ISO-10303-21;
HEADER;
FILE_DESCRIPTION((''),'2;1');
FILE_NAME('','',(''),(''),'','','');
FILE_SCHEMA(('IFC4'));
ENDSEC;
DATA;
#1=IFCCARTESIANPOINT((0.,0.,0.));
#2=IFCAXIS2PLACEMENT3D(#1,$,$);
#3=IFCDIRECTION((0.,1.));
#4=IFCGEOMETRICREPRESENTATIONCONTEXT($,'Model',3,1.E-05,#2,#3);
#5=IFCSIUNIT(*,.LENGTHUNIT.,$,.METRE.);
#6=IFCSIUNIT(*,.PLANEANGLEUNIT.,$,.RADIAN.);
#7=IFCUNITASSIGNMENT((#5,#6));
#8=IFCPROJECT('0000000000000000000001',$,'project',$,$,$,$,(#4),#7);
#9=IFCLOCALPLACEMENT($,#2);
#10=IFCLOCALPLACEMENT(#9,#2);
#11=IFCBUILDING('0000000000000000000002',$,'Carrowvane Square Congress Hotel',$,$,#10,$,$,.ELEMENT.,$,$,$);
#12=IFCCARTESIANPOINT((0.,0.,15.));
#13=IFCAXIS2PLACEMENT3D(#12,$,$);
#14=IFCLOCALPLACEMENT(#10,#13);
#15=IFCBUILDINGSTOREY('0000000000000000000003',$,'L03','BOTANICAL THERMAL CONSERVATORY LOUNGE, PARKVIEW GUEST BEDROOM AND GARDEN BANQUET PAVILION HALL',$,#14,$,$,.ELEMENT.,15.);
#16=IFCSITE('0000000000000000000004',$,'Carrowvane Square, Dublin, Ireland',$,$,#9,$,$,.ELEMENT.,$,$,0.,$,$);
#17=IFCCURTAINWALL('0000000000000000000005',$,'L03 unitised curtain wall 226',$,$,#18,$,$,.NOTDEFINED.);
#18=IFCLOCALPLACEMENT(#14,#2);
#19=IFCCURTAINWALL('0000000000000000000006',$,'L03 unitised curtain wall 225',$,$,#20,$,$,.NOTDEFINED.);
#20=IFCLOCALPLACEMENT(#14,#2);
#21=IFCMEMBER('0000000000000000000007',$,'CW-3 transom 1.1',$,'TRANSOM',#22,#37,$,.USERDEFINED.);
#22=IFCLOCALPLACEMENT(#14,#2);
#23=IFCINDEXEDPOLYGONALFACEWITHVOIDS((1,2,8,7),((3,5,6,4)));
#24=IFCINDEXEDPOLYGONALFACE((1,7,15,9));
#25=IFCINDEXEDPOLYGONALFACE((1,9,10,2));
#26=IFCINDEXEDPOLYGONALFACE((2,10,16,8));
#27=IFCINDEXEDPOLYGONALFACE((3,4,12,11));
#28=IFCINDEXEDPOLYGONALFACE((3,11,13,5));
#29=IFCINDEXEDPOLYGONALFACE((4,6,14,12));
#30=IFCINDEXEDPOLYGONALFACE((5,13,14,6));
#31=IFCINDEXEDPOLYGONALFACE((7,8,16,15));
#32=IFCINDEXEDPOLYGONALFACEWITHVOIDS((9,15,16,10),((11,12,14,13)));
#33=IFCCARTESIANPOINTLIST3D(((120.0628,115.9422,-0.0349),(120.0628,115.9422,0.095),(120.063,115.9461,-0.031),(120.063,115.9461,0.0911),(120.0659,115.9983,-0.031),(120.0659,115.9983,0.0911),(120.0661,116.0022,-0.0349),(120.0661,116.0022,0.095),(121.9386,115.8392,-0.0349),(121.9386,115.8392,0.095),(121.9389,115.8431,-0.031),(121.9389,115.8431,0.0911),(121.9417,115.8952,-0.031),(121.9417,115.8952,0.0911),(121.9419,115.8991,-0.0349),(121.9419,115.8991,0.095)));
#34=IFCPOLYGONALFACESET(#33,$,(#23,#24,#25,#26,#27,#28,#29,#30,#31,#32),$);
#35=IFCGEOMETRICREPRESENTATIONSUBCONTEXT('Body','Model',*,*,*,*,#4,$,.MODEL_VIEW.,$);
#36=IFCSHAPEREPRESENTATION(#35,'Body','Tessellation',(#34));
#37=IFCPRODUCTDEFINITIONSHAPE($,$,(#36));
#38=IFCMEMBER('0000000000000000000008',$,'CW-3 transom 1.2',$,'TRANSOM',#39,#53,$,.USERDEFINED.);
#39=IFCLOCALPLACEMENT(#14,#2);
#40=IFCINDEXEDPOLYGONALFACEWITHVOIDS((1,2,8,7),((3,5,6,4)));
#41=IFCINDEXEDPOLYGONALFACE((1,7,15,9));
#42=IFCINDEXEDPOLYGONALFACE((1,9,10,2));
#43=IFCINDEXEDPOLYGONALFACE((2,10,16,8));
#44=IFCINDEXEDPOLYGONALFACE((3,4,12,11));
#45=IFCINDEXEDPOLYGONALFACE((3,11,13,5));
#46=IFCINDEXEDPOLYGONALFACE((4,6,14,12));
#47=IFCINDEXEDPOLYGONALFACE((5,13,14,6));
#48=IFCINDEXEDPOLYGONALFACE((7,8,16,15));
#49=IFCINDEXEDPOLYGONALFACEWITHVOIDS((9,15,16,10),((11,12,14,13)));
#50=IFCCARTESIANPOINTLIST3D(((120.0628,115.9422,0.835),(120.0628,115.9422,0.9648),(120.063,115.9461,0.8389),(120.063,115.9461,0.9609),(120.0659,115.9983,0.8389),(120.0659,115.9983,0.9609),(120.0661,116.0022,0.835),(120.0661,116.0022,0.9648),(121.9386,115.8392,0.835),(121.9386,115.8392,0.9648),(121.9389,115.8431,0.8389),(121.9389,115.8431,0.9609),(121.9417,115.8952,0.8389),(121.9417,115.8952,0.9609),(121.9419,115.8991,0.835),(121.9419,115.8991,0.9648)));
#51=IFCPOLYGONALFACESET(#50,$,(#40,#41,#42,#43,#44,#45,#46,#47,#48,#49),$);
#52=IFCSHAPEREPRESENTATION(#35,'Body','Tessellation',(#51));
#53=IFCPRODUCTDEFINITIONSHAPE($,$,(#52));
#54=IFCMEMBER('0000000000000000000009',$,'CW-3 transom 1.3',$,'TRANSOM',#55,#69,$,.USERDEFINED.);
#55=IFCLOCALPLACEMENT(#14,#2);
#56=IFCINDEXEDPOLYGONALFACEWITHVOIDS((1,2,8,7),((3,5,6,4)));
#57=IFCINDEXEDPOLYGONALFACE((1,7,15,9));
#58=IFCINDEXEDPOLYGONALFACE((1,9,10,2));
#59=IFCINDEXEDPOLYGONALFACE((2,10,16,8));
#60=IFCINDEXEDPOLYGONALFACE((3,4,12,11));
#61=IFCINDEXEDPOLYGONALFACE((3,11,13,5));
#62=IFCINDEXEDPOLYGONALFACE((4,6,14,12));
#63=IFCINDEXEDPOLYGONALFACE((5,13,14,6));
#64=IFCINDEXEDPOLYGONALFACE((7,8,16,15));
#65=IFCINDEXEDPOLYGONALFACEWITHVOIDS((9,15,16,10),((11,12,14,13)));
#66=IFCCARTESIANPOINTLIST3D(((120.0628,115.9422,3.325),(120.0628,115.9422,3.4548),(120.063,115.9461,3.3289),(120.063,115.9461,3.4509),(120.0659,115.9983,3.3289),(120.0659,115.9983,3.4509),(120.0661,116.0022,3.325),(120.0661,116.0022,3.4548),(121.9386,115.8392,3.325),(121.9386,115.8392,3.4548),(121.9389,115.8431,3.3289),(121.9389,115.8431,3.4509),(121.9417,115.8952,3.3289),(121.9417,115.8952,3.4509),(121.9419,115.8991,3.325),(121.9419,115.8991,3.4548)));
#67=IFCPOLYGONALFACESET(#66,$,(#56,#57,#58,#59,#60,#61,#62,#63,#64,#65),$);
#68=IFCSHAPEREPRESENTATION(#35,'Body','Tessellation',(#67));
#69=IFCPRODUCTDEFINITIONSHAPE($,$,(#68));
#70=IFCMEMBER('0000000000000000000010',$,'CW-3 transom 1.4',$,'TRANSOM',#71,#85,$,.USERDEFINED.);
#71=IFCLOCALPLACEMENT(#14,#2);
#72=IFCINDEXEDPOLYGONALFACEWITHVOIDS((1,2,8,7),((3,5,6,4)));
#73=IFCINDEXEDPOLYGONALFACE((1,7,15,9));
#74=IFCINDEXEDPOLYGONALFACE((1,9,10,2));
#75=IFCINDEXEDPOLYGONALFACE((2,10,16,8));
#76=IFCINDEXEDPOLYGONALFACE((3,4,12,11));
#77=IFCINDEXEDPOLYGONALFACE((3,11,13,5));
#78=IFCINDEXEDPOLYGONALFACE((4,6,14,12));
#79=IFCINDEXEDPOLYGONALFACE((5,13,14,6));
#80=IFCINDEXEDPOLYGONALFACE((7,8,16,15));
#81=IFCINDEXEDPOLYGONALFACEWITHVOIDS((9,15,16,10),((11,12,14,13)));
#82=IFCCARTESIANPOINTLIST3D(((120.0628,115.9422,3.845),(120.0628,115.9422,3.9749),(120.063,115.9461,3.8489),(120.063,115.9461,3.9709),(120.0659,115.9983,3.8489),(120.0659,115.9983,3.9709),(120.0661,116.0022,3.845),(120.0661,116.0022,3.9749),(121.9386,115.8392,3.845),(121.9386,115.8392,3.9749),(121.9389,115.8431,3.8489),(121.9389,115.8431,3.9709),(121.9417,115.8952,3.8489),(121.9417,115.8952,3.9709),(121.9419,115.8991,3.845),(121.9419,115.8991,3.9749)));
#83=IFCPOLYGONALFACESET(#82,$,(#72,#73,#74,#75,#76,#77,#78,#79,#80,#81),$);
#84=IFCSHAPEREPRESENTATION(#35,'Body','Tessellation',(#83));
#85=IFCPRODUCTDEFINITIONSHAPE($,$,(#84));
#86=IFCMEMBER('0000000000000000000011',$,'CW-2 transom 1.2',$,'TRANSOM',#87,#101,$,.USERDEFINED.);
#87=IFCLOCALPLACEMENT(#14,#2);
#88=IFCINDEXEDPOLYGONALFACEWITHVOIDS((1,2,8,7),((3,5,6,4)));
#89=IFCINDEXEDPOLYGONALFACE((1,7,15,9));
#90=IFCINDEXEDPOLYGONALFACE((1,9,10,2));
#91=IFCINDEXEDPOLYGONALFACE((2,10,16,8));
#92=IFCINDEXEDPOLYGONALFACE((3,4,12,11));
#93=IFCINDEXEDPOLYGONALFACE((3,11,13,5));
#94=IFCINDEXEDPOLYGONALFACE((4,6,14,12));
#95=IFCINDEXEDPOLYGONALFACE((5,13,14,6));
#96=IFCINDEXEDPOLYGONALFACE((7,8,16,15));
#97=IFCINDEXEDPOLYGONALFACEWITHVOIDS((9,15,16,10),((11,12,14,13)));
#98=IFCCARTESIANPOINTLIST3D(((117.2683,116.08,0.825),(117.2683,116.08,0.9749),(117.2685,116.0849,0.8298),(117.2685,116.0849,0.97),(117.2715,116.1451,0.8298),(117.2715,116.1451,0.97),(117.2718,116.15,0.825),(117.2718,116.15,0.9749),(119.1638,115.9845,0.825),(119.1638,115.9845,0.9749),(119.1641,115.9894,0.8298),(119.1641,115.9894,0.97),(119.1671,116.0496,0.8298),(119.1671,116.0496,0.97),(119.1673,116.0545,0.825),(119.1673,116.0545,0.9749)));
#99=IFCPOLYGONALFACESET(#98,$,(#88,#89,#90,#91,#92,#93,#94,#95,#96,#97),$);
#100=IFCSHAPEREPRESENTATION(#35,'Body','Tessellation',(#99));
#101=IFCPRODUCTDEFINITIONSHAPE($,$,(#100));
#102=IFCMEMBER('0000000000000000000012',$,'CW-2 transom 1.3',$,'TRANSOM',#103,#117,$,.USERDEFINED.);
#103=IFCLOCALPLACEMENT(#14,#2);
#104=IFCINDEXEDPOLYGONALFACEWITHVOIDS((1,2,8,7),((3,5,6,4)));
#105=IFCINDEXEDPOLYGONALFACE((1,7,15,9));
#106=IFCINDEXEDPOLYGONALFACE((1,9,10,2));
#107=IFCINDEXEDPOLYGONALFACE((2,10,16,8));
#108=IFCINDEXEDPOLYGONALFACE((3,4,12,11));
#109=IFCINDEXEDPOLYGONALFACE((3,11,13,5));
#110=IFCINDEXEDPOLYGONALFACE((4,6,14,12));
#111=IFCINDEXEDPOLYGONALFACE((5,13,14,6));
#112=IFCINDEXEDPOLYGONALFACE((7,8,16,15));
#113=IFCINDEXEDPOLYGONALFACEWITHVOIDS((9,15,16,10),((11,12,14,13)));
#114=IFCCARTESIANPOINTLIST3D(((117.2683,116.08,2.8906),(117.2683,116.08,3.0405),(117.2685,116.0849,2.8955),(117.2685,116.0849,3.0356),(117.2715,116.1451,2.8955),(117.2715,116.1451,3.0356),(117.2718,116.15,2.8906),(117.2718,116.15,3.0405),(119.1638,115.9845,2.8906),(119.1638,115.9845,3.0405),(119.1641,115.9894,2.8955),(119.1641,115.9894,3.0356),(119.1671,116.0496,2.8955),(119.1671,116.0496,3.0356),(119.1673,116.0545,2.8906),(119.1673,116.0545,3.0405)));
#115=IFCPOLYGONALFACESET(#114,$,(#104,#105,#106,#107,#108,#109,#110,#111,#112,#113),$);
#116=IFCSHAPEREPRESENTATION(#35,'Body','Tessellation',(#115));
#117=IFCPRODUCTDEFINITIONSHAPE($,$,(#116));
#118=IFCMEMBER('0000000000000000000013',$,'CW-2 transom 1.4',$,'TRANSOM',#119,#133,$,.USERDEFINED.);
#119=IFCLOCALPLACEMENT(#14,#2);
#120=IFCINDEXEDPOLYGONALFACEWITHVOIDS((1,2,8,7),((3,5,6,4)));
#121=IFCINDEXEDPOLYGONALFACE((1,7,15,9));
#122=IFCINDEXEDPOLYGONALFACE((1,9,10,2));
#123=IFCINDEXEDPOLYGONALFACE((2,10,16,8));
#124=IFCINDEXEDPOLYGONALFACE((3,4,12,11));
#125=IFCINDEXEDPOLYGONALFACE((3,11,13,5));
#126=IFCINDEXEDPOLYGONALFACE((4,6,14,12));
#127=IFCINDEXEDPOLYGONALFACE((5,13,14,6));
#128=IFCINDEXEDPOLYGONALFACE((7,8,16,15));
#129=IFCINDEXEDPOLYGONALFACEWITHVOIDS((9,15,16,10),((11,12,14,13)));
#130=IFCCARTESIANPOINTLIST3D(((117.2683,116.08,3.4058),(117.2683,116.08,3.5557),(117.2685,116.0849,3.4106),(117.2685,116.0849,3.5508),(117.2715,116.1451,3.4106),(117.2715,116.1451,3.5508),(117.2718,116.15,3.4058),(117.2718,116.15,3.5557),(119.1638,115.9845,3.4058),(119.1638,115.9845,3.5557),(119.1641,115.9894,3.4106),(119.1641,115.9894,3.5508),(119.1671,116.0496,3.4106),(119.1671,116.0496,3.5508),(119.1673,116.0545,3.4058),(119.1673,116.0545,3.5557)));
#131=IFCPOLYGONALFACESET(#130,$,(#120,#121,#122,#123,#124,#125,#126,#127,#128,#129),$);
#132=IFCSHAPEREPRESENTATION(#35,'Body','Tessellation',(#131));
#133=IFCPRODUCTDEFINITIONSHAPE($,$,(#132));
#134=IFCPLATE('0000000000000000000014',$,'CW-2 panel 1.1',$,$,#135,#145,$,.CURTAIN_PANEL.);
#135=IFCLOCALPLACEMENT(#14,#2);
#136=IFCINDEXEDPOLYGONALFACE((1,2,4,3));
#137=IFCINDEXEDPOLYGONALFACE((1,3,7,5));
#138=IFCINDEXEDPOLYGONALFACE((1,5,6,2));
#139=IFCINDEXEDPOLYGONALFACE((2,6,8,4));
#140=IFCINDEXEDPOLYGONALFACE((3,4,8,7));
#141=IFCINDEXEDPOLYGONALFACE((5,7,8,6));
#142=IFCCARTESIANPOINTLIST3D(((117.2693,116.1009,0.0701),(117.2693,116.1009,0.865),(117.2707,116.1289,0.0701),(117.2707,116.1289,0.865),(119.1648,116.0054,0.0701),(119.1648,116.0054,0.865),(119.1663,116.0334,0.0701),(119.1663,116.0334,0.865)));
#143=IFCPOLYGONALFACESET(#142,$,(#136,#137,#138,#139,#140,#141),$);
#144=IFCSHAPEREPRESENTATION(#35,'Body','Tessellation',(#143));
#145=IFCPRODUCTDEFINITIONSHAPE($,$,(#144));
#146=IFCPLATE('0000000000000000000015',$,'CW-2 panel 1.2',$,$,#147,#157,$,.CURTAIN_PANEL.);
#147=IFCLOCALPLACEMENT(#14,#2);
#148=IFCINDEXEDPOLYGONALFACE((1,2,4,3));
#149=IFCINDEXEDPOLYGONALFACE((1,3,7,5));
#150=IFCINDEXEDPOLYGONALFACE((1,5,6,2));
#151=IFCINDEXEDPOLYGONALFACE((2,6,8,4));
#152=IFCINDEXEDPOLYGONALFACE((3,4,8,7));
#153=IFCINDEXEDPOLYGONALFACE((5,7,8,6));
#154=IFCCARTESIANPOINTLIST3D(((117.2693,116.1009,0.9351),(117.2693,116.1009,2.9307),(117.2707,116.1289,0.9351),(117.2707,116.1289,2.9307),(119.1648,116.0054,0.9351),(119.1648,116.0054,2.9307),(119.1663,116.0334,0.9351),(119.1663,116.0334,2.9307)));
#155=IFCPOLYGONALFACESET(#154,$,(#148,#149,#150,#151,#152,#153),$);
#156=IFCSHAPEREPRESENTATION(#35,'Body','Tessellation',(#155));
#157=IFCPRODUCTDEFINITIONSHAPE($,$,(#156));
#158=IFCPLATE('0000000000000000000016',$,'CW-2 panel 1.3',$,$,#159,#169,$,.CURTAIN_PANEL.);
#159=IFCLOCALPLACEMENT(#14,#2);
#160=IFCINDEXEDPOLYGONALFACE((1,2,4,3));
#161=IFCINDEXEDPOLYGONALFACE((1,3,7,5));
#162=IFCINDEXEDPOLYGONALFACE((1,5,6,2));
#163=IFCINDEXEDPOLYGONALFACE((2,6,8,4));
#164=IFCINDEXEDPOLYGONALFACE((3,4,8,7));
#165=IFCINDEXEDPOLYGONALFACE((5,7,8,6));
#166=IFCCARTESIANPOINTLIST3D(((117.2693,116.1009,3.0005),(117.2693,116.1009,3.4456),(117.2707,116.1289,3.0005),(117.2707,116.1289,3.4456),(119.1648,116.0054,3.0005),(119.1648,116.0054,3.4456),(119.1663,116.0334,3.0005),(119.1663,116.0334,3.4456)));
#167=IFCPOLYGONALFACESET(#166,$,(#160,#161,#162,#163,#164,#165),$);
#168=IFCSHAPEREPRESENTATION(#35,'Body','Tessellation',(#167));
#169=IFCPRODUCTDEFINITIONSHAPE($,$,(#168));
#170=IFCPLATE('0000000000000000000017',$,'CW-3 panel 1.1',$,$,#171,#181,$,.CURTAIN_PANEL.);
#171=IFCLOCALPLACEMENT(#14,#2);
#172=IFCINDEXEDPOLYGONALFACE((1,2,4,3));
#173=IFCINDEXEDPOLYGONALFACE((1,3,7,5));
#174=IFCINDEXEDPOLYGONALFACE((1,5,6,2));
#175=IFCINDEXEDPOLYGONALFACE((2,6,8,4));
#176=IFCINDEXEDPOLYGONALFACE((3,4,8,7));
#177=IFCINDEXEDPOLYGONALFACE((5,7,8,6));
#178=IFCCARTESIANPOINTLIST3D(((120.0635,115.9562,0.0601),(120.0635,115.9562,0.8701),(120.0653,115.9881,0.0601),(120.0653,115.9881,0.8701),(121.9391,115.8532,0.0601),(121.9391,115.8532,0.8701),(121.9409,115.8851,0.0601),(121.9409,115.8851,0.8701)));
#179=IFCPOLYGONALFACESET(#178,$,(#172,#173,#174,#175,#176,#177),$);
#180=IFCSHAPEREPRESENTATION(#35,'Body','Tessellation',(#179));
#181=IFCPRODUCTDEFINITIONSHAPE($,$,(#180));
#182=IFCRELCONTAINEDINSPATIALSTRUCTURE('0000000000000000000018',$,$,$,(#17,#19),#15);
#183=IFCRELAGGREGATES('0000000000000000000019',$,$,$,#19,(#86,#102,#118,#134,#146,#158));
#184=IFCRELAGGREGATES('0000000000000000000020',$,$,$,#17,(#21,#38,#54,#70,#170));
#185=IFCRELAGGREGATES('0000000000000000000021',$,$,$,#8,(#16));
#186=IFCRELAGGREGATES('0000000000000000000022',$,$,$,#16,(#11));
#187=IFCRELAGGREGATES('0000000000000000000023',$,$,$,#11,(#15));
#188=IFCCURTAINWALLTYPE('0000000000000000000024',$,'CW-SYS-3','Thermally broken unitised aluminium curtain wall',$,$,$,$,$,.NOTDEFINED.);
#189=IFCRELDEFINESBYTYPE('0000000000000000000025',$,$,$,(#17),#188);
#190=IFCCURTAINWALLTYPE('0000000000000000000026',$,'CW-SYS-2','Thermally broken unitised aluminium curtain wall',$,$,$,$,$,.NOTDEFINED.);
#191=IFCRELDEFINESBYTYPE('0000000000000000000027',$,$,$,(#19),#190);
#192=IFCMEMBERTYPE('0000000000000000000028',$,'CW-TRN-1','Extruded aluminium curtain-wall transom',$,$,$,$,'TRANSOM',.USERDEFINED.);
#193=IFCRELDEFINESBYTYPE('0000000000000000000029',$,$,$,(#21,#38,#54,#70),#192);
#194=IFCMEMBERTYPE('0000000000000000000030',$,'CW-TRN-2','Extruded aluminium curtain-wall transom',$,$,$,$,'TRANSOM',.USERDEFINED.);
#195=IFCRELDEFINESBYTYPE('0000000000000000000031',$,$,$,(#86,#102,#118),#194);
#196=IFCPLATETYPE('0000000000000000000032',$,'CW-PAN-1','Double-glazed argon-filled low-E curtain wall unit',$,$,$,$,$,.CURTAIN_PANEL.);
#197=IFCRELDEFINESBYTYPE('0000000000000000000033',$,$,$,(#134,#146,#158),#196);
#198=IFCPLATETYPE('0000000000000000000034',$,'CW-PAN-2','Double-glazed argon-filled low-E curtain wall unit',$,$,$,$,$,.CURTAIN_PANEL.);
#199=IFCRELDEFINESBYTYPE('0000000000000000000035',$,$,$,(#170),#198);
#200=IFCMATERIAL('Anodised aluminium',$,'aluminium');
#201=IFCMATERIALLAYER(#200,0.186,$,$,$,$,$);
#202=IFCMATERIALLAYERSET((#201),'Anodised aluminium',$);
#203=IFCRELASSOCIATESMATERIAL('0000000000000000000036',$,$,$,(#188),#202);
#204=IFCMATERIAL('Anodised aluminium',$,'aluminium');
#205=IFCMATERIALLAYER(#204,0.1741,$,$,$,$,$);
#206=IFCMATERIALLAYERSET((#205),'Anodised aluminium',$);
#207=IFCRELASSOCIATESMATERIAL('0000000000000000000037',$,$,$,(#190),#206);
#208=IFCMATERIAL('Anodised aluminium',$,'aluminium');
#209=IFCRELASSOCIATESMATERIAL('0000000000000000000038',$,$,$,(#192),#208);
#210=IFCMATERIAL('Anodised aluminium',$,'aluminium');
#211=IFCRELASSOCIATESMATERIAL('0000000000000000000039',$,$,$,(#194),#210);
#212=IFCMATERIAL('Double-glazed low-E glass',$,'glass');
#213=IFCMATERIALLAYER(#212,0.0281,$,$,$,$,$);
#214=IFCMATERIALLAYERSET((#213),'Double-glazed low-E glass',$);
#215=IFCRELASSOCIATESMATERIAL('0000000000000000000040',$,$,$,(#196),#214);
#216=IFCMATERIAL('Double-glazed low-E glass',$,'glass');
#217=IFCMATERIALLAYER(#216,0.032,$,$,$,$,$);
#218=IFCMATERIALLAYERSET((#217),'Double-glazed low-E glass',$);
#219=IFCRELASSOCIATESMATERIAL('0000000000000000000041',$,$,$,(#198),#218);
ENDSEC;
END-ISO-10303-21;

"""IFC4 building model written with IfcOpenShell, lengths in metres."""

from ifc_helpers import new_model, si_unit, direction, frame, origin, origin_2d, place, context, subcontext, project, spatial, rectangle, hollow_rectangle, extrude, material, layer, layer_set, material_profile, profile_set, type_object, element, aggregate, save


model = new_model("IFC4")

# Units and contexts
model_context = context("Model", 3, precision=1e-05, world=origin(), true_north=direction((0.0, 1.0)))
body_context = subcontext(model_context, "Body", "Model", "MODEL_VIEW")
ifc_project = project(units=[si_unit("LENGTHUNIT", "METRE"), si_unit("PLANEANGLEUNIT", "RADIAN")], contexts=[model_context])

# Site, building, storey
site_placement = place(None, origin())
site = spatial("IfcSite", under=ifc_project, at=site_placement, Name="Carrowvane Square, Dublin, Ireland", CompositionType="ELEMENT", RefElevation=0.0)
building_placement = place(site_placement, origin())
building = spatial("IfcBuilding", under=site, at=building_placement, Name="Carrowvane Square Congress Hotel", CompositionType="ELEMENT")
storey_placement = place(building_placement, frame((0.0, 0.0, 15.0)))
storey = spatial("IfcBuildingStorey", under=building, at=storey_placement, Name="L03", Description="BOTANICAL THERMAL CONSERVATORY LOUNGE, PARKVIEW GUEST BEDROOM AND GARDEN BANQUET PAVILION HALL", CompositionType="ELEMENT", Elevation=15.0)

# Curtain wall
ifc_material_1 = material(Name="Anodised aluminium", Category="aluminium")
ifc_layer_1 = layer(ifc_material_1, 0.186)
ifc_layer_set_1 = layer_set([ifc_layer_1], Name="Anodised aluminium")
curtain_wall_type_1 = type_object("IfcCurtainWallType", Name="CW-SYS-3", Description="Thermally broken unitised aluminium curtain wall", PredefinedType="NOTDEFINED", material=ifc_layer_set_1)
curtain_wall_1_placement = place(storey_placement, origin())
curtain_wall_1 = element("IfcCurtainWall", 1, at=curtain_wall_1_placement, inside=storey, type_object=curtain_wall_type_1, Name="L03 unitised curtain wall 226", PredefinedType="NOTDEFINED")

# Curtain wall
ifc_material_2 = material(Name="Anodised aluminium", Category="aluminium")
ifc_layer_2 = layer(ifc_material_2, 0.1741)
ifc_layer_set_2 = layer_set([ifc_layer_2], Name="Anodised aluminium")
curtain_wall_type_2 = type_object("IfcCurtainWallType", Name="CW-SYS-2", Description="Thermally broken unitised aluminium curtain wall", PredefinedType="NOTDEFINED", material=ifc_layer_set_2)
curtain_wall_2_placement = place(storey_placement, origin())
curtain_wall_2 = element("IfcCurtainWall", 2, at=curtain_wall_2_placement, inside=storey, type_object=curtain_wall_type_2, Name="L03 unitised curtain wall 225", PredefinedType="NOTDEFINED")

# Members
ifc_material_3 = material(Name="Anodised aluminium", Category="aluminium")
ifc_material_profile_1 = material_profile(ifc_material_3, hollow_rectangle(XDim=0.0601, YDim=0.1299, WallThickness=0.0039, at=origin_2d()), Name="CW-TR 60x130x4")
ifc_profile_set_1 = profile_set([ifc_material_profile_1], Name="Anodised aluminium")
member_type_1 = type_object("IfcMemberType", Name="CW-TRN-1", Description="Extruded aluminium curtain-wall transom", ElementType="TRANSOM", PredefinedType="USERDEFINED", material=ifc_profile_set_1)
member_1_placement = place(storey_placement, frame((120.0645, 115.9722, 0.03), z_axis=(0.998495, -0.054844, 0.0), x_axis=(0.054844, 0.998495, 0.0)))
member_1 = element("IfcMember", 3, at=member_1_placement, type_object=member_type_1, Name="CW-3 transom 1.1", ObjectType="TRANSOM", PredefinedType="USERDEFINED", context=body_context, shape_type="SweptSolid", body=[
    extrude(hollow_rectangle(XDim=0.0601, YDim=0.1299, WallThickness=0.0039, at=origin_2d()), origin(), (0.0, 0.0, 1.0), 1.8787),
])
member_2_placement = place(storey_placement, frame((120.0645, 115.9722, 0.8999), z_axis=(0.998495, -0.054844, 0.0), x_axis=(0.054844, 0.998495, 0.0)))
member_2 = element("IfcMember", 4, at=member_2_placement, type_object=member_type_1, Name="CW-3 transom 1.2", ObjectType="TRANSOM", PredefinedType="USERDEFINED", context=body_context, shape_type="SweptSolid", body=[
    extrude(hollow_rectangle(XDim=0.0601, YDim=0.1299, WallThickness=0.0039, at=origin_2d()), origin(), (0.0, 0.0, 1.0), 1.8787),
])
member_3_placement = place(storey_placement, frame((120.0645, 115.9722, 3.3899), z_axis=(0.998495, -0.054844, 0.0), x_axis=(0.054844, 0.998495, 0.0)))
member_3 = element("IfcMember", 5, at=member_3_placement, type_object=member_type_1, Name="CW-3 transom 1.3", ObjectType="TRANSOM", PredefinedType="USERDEFINED", context=body_context, shape_type="SweptSolid", body=[
    extrude(hollow_rectangle(XDim=0.0601, YDim=0.1299, WallThickness=0.0039, at=origin_2d()), origin(), (0.0, 0.0, 1.0), 1.8787),
])
member_4_placement = place(storey_placement, frame((120.0645, 115.9722, 3.9099), z_axis=(0.998495, -0.054844, 0.0), x_axis=(0.054844, 0.998495, 0.0)))
member_4 = element("IfcMember", 6, at=member_4_placement, type_object=member_type_1, Name="CW-3 transom 1.4", ObjectType="TRANSOM", PredefinedType="USERDEFINED", context=body_context, shape_type="SweptSolid", body=[
    extrude(hollow_rectangle(XDim=0.0601, YDim=0.1299, WallThickness=0.0039, at=origin_2d()), origin(), (0.0, 0.0, 1.0), 1.8787),
])
ifc_material_4 = material(Name="Anodised aluminium", Category="aluminium")
ifc_material_profile_2 = material_profile(ifc_material_4, hollow_rectangle(XDim=0.0701, YDim=0.1499, WallThickness=0.0049, at=origin_2d()), Name="CW-TR 70x150x5")
ifc_profile_set_2 = profile_set([ifc_material_profile_2], Name="Anodised aluminium")
member_type_2 = type_object("IfcMemberType", Name="CW-TRN-2", Description="Extruded aluminium curtain-wall transom", ElementType="TRANSOM", PredefinedType="USERDEFINED", material=ifc_profile_set_2)
member_5_placement = place(storey_placement, frame((117.27, 116.115, 0.8999), z_axis=(0.998734, -0.050297, 0.0), x_axis=(0.050297, 0.998734, 0.0)))
member_5 = element("IfcMember", 7, at=member_5_placement, type_object=member_type_2, Name="CW-2 transom 1.2", ObjectType="TRANSOM", PredefinedType="USERDEFINED", context=body_context, shape_type="SweptSolid", body=[
    extrude(hollow_rectangle(XDim=0.0701, YDim=0.1499, WallThickness=0.0049, at=origin_2d()), origin(), (0.0, 0.0, 1.0), 1.8979),
])
member_6_placement = place(storey_placement, frame((117.27, 116.115, 2.9656), z_axis=(0.998734, -0.050297, 0.0), x_axis=(0.050297, 0.998734, 0.0)))
member_6 = element("IfcMember", 8, at=member_6_placement, type_object=member_type_2, Name="CW-2 transom 1.3", ObjectType="TRANSOM", PredefinedType="USERDEFINED", context=body_context, shape_type="SweptSolid", body=[
    extrude(hollow_rectangle(XDim=0.0701, YDim=0.1499, WallThickness=0.0049, at=origin_2d()), origin(), (0.0, 0.0, 1.0), 1.8979),
])
member_7_placement = place(storey_placement, frame((117.27, 116.115, 3.4807), z_axis=(0.998734, -0.050297, 0.0), x_axis=(0.050297, 0.998734, 0.0)))
member_7 = element("IfcMember", 9, at=member_7_placement, type_object=member_type_2, Name="CW-2 transom 1.4", ObjectType="TRANSOM", PredefinedType="USERDEFINED", context=body_context, shape_type="SweptSolid", body=[
    extrude(hollow_rectangle(XDim=0.0701, YDim=0.1499, WallThickness=0.0049, at=origin_2d()), origin(), (0.0, 0.0, 1.0), 1.8979),
])

# Plates
ifc_material_5 = material(Name="Double-glazed low-E glass", Category="glass")
ifc_layer_3 = layer(ifc_material_5, 0.0281)
ifc_layer_set_3 = layer_set([ifc_layer_3], Name="Double-glazed low-E glass")
plate_type_1 = type_object("IfcPlateType", Name="CW-PAN-1", Description="Double-glazed argon-filled low-E curtain wall unit", PredefinedType="CURTAIN_PANEL", material=ifc_layer_set_3)
plate_1_placement = place(storey_placement, frame((118.2178, 116.0671, 0.0701), z_axis=(0.0, 0.0, 1.0), x_axis=(0.998733, -0.050324, 0.0)))
plate_1 = element("IfcPlate", 10, at=plate_1_placement, type_object=plate_type_1, Name="CW-2 panel 1.1", PredefinedType="CURTAIN_PANEL", context=body_context, shape_type="SweptSolid", body=[
    extrude(rectangle(XDim=1.8979, YDim=0.0281, at=origin_2d()), origin(), (0.0, 0.0, 1.0), 0.7949),
])
plate_2_placement = place(storey_placement, frame((118.2178, 116.0671, 0.9351), z_axis=(0.0, 0.0, 1.0), x_axis=(0.998733, -0.050324, 0.0)))
plate_2 = element("IfcPlate", 11, at=plate_2_placement, type_object=plate_type_1, Name="CW-2 panel 1.2", PredefinedType="CURTAIN_PANEL", context=body_context, shape_type="SweptSolid", body=[
    extrude(rectangle(XDim=1.8979, YDim=0.0281, at=origin_2d()), origin(), (0.0, 0.0, 1.0), 1.9956),
])
plate_3_placement = place(storey_placement, frame((118.2178, 116.0671, 3.0005), z_axis=(0.0, 0.0, 1.0), x_axis=(0.998733, -0.050324, 0.0)))
plate_3 = element("IfcPlate", 12, at=plate_3_placement, type_object=plate_type_1, Name="CW-2 panel 1.3", PredefinedType="CURTAIN_PANEL", context=body_context, shape_type="SweptSolid", body=[
    extrude(rectangle(XDim=1.8979, YDim=0.0281, at=origin_2d()), origin(), (0.0, 0.0, 1.0), 0.4451),
])
aggregate(curtain_wall_2, [member_5, member_6, member_7, plate_1, plate_2, plate_3])
ifc_material_6 = material(Name="Double-glazed low-E glass", Category="glass")
ifc_layer_4 = layer(ifc_material_6, 0.032)
ifc_layer_set_4 = layer_set([ifc_layer_4], Name="Double-glazed low-E glass")
plate_type_2 = type_object("IfcPlateType", Name="CW-PAN-2", Description="Double-glazed argon-filled low-E curtain wall unit", PredefinedType="CURTAIN_PANEL", material=ifc_layer_set_4)
plate_4_placement = place(storey_placement, frame((121.0022, 115.9207, 0.0601), z_axis=(0.0, 0.0, 1.0), x_axis=(0.998496, -0.054816, 0.0)))
plate_4 = element("IfcPlate", 13, at=plate_4_placement, type_object=plate_type_2, Name="CW-3 panel 1.1", PredefinedType="CURTAIN_PANEL", context=body_context, shape_type="SweptSolid", body=[
    extrude(rectangle(XDim=1.8784, YDim=0.032, at=origin_2d()), origin(), (0.0, 0.0, 1.0), 0.8101),
])
aggregate(curtain_wall_1, [member_1, member_2, member_3, member_4, plate_4])

save(model, "model.ifc")
